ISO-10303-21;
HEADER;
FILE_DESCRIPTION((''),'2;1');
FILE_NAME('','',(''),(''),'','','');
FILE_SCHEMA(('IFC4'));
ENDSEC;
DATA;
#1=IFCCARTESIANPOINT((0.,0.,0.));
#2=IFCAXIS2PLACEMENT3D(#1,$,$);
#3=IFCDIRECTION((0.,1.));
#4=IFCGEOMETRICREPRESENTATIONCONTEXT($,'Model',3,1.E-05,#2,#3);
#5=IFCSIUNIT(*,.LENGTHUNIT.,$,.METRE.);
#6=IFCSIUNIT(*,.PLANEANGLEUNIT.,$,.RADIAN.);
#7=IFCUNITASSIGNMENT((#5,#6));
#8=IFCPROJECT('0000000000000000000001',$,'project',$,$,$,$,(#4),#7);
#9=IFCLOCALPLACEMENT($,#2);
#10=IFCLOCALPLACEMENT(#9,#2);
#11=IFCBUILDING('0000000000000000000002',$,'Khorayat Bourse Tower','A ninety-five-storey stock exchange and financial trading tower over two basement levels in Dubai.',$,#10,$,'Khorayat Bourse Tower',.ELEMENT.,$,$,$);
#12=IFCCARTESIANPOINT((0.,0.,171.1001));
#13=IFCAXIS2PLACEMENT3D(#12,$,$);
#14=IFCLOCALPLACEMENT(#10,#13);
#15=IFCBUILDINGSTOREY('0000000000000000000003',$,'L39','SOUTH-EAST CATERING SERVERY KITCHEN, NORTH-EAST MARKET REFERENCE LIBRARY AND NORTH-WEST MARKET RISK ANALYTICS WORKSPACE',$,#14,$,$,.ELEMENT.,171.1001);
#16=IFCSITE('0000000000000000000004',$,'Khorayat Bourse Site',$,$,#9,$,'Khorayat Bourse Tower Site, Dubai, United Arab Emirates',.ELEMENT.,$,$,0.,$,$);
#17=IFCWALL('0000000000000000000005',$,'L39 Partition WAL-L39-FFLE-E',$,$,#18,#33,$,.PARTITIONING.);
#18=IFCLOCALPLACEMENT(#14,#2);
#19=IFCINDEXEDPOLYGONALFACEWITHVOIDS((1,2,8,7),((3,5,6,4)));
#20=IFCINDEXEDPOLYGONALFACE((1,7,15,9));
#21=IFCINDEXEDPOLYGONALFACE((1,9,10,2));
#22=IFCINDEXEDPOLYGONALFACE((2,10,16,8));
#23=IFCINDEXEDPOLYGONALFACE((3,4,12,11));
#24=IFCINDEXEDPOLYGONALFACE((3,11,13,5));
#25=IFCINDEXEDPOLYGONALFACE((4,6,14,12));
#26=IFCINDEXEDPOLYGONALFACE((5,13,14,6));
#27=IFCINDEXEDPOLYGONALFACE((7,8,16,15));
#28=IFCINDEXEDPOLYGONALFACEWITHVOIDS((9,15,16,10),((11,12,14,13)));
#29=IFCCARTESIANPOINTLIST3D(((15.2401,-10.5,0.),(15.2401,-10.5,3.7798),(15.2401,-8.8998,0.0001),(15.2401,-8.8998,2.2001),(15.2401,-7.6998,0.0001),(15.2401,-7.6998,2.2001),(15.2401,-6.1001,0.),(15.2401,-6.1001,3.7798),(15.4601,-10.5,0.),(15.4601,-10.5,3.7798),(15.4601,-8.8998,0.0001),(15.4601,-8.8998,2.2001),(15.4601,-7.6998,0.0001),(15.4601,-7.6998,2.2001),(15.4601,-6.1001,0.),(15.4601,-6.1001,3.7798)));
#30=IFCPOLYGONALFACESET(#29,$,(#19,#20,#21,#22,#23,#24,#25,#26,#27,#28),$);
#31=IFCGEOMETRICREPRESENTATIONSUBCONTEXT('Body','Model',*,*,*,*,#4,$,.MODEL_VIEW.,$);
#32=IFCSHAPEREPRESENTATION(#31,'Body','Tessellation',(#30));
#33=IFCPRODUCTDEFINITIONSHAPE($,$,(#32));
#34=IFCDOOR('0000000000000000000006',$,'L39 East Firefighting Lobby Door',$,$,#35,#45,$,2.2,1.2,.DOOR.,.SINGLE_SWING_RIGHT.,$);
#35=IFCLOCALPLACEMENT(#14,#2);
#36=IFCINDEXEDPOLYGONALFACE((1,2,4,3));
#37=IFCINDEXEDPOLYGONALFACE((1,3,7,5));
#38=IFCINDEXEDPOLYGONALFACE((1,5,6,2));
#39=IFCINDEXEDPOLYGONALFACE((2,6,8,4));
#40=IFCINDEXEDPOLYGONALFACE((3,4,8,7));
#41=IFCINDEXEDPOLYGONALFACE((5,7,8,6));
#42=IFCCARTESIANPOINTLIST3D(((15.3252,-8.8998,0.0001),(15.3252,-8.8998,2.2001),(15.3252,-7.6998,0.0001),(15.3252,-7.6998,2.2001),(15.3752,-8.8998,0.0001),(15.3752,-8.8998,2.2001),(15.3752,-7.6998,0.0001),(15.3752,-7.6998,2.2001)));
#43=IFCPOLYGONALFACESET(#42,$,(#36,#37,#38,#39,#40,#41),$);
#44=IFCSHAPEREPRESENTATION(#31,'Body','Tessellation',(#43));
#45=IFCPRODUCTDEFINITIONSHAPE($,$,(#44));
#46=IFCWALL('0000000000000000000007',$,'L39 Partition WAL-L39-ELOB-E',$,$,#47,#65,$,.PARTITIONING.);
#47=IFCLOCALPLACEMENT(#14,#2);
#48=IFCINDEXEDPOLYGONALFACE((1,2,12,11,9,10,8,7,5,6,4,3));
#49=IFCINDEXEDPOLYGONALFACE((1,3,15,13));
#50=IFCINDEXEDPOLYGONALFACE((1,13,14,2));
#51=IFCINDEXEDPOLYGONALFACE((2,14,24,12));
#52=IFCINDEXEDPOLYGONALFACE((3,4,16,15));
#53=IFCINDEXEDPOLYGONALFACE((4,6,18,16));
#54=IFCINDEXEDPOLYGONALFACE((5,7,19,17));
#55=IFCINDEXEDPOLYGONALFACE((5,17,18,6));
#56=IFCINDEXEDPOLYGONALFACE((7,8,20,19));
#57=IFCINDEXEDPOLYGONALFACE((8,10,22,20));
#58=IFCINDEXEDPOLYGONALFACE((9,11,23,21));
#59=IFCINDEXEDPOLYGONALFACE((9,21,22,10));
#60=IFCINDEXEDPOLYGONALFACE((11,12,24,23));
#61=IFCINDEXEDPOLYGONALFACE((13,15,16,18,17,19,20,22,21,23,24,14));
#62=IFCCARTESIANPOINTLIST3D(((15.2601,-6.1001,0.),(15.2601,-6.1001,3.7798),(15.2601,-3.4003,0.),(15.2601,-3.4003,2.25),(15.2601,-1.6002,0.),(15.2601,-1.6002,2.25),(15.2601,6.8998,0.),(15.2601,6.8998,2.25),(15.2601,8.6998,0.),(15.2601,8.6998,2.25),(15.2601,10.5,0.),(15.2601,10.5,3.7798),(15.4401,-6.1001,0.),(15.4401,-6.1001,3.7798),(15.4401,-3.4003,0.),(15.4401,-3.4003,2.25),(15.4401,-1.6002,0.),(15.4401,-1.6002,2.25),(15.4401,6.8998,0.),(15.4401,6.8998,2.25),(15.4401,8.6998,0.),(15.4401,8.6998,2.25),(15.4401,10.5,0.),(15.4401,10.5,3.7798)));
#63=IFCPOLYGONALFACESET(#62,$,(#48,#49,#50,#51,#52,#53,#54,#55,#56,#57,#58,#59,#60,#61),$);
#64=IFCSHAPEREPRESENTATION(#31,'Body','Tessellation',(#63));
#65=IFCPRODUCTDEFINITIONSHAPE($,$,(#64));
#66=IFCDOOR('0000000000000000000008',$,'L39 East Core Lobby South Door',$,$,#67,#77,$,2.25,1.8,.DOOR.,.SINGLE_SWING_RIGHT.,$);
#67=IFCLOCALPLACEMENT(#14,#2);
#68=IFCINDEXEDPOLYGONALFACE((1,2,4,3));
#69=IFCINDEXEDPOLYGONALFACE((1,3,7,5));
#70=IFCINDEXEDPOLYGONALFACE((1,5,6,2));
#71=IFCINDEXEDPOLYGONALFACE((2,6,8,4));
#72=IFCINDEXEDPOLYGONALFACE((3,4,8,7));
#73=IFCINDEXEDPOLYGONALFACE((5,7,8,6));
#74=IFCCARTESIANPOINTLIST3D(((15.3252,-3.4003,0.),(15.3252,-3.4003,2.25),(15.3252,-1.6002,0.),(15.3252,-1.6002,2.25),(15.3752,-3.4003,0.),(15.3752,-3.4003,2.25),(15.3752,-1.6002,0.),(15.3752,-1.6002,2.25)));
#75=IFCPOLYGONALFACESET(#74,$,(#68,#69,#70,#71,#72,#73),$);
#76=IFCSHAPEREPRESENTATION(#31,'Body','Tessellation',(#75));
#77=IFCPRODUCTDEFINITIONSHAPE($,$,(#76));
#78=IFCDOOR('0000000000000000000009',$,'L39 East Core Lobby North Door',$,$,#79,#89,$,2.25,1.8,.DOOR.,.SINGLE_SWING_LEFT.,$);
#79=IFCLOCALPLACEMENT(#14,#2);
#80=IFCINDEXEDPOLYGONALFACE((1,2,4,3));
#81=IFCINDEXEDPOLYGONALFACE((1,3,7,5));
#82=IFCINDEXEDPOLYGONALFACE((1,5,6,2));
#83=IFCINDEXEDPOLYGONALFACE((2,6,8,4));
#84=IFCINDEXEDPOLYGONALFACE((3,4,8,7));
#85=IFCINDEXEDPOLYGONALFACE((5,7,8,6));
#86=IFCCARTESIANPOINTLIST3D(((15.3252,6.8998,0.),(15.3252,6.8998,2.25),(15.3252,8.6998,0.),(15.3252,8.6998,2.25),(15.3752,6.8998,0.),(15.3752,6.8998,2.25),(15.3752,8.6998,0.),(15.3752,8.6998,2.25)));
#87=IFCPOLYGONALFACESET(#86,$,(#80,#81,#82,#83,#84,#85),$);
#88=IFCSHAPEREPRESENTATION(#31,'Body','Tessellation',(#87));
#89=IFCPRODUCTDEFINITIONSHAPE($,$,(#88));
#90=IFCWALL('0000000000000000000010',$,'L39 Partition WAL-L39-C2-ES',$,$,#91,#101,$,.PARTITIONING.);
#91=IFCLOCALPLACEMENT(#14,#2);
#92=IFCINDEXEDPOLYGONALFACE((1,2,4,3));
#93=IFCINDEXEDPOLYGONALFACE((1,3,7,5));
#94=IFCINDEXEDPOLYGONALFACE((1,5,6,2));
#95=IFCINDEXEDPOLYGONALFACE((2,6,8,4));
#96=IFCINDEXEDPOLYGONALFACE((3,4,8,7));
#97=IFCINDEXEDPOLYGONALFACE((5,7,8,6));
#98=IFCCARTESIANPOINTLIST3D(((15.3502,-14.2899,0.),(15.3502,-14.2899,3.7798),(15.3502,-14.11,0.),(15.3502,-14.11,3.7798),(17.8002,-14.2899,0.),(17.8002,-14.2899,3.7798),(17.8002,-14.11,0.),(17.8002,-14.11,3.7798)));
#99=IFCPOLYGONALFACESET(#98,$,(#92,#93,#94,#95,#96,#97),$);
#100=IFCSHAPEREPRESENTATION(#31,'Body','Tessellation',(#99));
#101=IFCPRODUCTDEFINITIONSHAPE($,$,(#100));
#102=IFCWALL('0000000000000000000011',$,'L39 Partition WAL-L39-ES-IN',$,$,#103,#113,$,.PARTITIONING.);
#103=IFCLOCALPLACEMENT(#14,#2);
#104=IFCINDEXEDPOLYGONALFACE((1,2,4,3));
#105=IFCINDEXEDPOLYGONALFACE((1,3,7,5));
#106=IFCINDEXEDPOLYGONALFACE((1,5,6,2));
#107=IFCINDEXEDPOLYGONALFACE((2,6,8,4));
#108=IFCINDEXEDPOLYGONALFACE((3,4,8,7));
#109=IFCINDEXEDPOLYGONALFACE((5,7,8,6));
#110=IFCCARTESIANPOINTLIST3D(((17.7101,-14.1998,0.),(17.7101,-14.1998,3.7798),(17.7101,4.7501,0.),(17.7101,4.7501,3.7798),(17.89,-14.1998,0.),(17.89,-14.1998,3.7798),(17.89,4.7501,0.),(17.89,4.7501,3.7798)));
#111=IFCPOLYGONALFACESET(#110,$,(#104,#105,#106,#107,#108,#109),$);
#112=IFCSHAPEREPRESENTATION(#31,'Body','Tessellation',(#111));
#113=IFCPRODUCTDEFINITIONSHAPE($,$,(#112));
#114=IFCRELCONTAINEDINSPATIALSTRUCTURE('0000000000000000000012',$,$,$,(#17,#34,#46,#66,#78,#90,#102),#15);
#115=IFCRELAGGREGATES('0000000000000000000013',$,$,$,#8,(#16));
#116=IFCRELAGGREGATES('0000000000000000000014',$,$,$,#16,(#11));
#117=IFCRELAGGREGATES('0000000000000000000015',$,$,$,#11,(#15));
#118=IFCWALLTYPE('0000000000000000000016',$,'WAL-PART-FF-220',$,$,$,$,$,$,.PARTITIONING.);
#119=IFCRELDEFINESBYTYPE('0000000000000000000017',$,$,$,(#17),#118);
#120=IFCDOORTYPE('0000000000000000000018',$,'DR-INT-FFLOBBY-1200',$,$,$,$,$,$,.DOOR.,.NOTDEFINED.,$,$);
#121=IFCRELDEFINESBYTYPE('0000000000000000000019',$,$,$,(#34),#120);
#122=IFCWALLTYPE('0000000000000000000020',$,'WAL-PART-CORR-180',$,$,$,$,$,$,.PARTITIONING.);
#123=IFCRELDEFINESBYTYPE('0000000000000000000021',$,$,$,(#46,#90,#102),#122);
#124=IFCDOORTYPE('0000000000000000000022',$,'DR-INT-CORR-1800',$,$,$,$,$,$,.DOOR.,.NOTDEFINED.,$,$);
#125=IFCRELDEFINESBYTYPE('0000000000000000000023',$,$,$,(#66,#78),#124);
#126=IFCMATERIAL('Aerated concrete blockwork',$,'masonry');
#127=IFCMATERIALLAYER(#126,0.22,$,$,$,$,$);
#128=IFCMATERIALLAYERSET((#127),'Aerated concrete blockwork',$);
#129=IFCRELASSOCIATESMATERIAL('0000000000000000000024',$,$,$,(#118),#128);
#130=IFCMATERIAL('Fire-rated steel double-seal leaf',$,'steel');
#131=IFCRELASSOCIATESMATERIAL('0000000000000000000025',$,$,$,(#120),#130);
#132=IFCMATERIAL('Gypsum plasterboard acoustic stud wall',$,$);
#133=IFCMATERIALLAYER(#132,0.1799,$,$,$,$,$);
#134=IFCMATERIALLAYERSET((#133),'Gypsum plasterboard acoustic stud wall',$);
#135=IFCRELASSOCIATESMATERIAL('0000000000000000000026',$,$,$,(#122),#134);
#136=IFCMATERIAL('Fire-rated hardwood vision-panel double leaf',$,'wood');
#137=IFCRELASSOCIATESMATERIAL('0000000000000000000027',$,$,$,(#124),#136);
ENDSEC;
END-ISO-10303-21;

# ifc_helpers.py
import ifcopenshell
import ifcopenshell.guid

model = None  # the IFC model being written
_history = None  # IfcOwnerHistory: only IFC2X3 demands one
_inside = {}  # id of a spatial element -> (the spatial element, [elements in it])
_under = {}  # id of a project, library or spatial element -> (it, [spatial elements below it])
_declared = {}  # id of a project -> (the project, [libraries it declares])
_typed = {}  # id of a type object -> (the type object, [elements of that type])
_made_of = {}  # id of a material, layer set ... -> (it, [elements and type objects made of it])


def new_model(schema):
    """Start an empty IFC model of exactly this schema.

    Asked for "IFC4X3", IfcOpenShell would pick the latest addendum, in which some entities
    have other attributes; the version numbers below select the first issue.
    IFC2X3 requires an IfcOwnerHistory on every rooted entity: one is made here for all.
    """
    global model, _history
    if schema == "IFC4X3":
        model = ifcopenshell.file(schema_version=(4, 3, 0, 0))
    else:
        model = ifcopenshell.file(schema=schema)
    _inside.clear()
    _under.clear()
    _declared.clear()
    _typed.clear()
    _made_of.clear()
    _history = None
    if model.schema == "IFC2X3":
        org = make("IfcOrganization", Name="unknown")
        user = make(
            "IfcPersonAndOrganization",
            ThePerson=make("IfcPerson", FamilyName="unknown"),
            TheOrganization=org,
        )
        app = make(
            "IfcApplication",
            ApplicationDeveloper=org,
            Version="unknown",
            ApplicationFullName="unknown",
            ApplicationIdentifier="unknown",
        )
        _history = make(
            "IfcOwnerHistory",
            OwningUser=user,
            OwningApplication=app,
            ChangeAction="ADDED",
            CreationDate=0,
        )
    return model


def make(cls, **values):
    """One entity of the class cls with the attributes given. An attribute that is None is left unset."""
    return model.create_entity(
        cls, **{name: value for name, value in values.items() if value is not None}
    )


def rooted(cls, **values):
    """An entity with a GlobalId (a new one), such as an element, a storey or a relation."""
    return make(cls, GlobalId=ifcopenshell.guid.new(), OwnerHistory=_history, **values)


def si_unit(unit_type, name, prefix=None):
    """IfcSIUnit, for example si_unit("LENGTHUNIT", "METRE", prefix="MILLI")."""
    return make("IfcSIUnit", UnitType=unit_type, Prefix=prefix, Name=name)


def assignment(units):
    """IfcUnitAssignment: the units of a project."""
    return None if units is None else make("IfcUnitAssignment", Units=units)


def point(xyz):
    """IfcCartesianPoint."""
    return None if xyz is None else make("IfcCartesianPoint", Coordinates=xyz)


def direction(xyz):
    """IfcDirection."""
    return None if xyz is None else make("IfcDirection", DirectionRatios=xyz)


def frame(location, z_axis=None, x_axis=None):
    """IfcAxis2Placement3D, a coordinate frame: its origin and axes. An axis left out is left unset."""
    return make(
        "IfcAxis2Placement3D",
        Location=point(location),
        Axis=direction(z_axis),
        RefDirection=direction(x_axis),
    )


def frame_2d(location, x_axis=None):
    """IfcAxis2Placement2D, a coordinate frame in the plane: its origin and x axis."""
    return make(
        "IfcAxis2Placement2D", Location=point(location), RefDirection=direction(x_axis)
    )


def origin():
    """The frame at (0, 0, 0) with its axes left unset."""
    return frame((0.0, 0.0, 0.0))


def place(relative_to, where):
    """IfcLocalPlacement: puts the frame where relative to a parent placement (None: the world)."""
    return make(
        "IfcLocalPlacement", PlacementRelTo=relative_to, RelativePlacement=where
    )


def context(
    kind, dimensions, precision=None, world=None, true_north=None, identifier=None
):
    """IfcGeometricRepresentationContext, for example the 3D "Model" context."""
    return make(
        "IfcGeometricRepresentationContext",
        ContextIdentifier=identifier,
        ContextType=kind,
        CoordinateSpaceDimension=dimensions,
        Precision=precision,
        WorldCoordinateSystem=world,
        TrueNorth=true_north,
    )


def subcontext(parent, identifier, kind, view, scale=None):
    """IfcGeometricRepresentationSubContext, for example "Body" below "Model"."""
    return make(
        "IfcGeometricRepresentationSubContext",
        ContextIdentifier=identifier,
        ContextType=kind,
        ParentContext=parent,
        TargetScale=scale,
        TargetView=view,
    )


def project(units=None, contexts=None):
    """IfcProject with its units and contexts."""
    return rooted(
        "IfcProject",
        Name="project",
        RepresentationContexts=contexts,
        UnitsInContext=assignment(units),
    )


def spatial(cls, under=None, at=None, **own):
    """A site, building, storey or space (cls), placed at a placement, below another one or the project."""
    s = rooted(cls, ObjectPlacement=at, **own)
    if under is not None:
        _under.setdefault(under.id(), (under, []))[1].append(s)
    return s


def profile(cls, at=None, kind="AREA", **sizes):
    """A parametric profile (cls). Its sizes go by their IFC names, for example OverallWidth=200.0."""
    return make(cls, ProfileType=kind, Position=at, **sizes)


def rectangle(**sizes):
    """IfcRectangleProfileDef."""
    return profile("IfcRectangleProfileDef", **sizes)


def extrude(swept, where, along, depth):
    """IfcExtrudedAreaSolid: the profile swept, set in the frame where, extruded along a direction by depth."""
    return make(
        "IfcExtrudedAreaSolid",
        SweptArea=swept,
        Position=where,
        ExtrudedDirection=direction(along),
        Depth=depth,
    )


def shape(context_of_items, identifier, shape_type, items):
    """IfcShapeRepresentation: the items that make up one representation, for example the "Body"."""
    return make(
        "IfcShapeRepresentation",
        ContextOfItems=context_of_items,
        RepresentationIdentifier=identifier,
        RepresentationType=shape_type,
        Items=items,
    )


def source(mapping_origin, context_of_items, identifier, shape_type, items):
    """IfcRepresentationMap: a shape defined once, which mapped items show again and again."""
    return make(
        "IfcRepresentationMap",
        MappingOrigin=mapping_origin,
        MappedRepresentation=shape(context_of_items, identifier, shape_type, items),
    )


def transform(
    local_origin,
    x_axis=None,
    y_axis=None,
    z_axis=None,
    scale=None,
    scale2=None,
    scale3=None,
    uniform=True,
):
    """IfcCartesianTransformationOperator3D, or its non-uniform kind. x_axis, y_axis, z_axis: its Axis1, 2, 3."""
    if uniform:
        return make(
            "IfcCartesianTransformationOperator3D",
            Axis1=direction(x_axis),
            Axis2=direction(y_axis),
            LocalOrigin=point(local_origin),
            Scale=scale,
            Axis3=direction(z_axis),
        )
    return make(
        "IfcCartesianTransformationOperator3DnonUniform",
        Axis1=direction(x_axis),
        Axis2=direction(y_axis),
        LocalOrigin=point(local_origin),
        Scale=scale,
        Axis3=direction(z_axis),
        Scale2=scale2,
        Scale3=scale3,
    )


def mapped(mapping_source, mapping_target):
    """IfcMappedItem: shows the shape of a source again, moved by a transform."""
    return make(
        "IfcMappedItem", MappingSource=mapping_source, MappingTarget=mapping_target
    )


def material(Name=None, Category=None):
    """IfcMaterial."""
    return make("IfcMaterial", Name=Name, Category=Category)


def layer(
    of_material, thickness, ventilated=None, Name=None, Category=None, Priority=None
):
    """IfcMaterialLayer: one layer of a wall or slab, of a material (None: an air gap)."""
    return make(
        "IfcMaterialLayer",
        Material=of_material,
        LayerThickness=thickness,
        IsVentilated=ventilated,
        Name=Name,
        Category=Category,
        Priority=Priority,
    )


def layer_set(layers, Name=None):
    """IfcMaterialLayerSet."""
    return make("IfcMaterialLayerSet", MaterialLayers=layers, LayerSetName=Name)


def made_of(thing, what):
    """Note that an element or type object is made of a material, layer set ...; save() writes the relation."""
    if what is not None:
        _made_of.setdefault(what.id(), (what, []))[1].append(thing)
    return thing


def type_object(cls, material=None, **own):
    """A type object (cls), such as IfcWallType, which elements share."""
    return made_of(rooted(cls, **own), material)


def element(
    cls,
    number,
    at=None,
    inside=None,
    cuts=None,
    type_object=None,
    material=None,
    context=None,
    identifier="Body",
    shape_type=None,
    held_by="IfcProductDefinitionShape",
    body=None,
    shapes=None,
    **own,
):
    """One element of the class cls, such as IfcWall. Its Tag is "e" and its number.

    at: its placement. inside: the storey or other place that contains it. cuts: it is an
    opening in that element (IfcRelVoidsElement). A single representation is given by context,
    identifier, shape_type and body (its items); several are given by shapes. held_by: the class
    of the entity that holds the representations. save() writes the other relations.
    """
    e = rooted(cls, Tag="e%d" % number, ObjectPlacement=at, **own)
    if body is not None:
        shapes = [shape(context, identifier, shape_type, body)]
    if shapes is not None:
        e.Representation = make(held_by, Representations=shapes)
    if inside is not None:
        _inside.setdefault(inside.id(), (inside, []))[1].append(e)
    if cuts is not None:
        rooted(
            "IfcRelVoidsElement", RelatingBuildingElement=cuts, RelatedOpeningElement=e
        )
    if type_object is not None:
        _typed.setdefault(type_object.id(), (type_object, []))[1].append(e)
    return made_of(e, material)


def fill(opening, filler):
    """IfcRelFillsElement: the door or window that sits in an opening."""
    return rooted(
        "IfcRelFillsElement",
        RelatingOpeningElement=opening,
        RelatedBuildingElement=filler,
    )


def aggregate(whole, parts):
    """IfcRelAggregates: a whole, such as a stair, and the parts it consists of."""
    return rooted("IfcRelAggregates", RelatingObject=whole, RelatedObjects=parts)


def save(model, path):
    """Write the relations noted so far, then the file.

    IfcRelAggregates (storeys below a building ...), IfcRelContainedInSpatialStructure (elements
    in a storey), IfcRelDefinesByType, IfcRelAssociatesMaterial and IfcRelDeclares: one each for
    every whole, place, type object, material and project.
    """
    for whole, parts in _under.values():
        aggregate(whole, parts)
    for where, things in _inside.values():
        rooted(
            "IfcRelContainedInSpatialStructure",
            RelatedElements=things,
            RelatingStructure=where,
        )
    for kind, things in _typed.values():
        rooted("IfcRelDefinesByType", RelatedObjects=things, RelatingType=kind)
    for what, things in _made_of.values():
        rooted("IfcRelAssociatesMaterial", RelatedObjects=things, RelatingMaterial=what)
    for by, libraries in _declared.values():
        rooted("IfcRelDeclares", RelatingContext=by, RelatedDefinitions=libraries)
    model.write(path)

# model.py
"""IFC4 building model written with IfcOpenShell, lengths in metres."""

from ifc_helpers import new_model, si_unit, direction, frame, frame_2d, origin, place, context, subcontext, project, spatial, rectangle, extrude, source, transform, mapped, material, layer, layer_set, type_object, element, fill, save


model = new_model("IFC4")

# Units and contexts
model_context = context("Model", 3, precision=1e-05, world=origin(), true_north=direction((0.0, 1.0)))
body_context = subcontext(model_context, "Body", "Model", "MODEL_VIEW")
ifc_project = project(units=[si_unit("LENGTHUNIT", "METRE"), si_unit("PLANEANGLEUNIT", "RADIAN")], contexts=[model_context])

# Site, building, storey
site_placement = place(None, origin())
site = spatial("IfcSite", under=ifc_project, at=site_placement, Name="Khorayat Bourse Site", LongName="Khorayat Bourse Tower Site, Dubai, United Arab Emirates", CompositionType="ELEMENT", RefElevation=0.0)
building_placement = place(site_placement, origin())
building = spatial("IfcBuilding", under=site, at=building_placement, Name="Khorayat Bourse Tower", Description="A ninety-five-storey stock exchange and financial trading tower over two basement levels in Dubai.", LongName="Khorayat Bourse Tower", CompositionType="ELEMENT")
storey_placement = place(building_placement, frame((0.0, 0.0, 171.1001)))
storey = spatial("IfcBuildingStorey", under=building, at=storey_placement, Name="L39", Description="SOUTH-EAST CATERING SERVERY KITCHEN, NORTH-EAST MARKET REFERENCE LIBRARY AND NORTH-WEST MARKET RISK ANALYTICS WORKSPACE", CompositionType="ELEMENT", Elevation=171.1001)

# Shared definitions
ifc_material_1 = material(Name="Aerated concrete blockwork", Category="masonry")
ifc_layer_1 = layer(ifc_material_1, 0.22)
ifc_layer_set_1 = layer_set([ifc_layer_1], Name="Aerated concrete blockwork")
wall_type_1 = type_object("IfcWallType", Name="WAL-PART-FF-220", PredefinedType="PARTITIONING", material=ifc_layer_set_1)

# Wall, opening, door
shared_shape_1 = source(origin(), body_context, "Body", "SweptSolid", [
    extrude(rectangle(XDim=4.3999, YDim=0.22, at=frame_2d((2.2, 0.0))), origin(), (0.0, 0.0, 1.0), 3.7798),
])
wall_1_placement = place(storey_placement, frame((15.3501, -10.5, 0.0), z_axis=(0.0, 0.0, 1.0), x_axis=(0.0, 1.0, 0.0)))
wall_1 = element("IfcWall", 1, at=wall_1_placement, inside=storey, type_object=wall_type_1, Name="L39 Partition WAL-L39-FFLE-E", PredefinedType="PARTITIONING", context=body_context, shape_type="MappedRepresentation", body=[
    mapped(shared_shape_1, transform((0.0, 0.0, 0.0), scale=1.0)),
])
shared_shape_2 = source(origin(), body_context, "Body", "SweptSolid", [
    extrude(rectangle(XDim=1.2, YDim=2.2, at=frame_2d((0.6001, 1.1001))), frame((0.0, 0.1199, 0.0), z_axis=(0.0, -1.0, 0.0), x_axis=(1.0, 0.0, 0.0)), (0.0, 0.0, 1.0), 0.24),
])
opening_1_placement = place(wall_1_placement, frame((1.6001, 0.0, 0.0)))
opening_1 = element("IfcOpeningElement", 2, at=opening_1_placement, cuts=wall_1, PredefinedType="OPENING", context=body_context, shape_type="MappedRepresentation", body=[
    mapped(shared_shape_2, transform((0.0, 0.0, 0.0), scale=1.0)),
])
ifc_material_2 = material(Name="Fire-rated steel double-seal leaf", Category="steel")
door_type_1 = type_object("IfcDoorType", Name="DR-INT-FFLOBBY-1200", OperationType="NOTDEFINED", PredefinedType="DOOR", material=ifc_material_2)
shared_shape_3 = source(origin(), body_context, "Body", "SweptSolid", [
    extrude(rectangle(XDim=1.2, YDim=2.2, at=frame_2d((0.6001, 1.1001))), frame((0.0, 0.0249, 0.0), z_axis=(0.0, -1.0, 0.0), x_axis=(1.0, 0.0, 0.0)), (0.0, 0.0, 1.0), 0.05),
])
door_1_placement = place(opening_1_placement, origin())
door_1 = element("IfcDoor", 3, at=door_1_placement, inside=storey, type_object=door_type_1, Name="L39 East Firefighting Lobby Door", OperationType="SINGLE_SWING_RIGHT", OverallHeight=2.2, OverallWidth=1.2, PredefinedType="DOOR", context=body_context, shape_type="MappedRepresentation", body=[
    mapped(shared_shape_3, transform((0.0, 0.0, 0.0), scale=1.0)),
])
fill(opening_1, door_1)

# Wall, openings, doors
ifc_material_3 = material(Name="Gypsum plasterboard acoustic stud wall")
ifc_layer_2 = layer(ifc_material_3, 0.1799)
ifc_layer_set_2 = layer_set([ifc_layer_2], Name="Gypsum plasterboard acoustic stud wall")
wall_type_2 = type_object("IfcWallType", Name="WAL-PART-CORR-180", PredefinedType="PARTITIONING", material=ifc_layer_set_2)
shared_shape_4 = source(origin(), body_context, "Body", "SweptSolid", [
    extrude(rectangle(XDim=16.6001, YDim=0.1799, at=frame_2d((8.3, 0.0))), origin(), (0.0, 0.0, 1.0), 3.7798),
])
wall_2_placement = place(storey_placement, frame((15.3501, -6.1001, 0.0), z_axis=(0.0, 0.0, 1.0), x_axis=(0.0, 1.0, 0.0)))
wall_2 = element("IfcWall", 4, at=wall_2_placement, inside=storey, type_object=wall_type_2, Name="L39 Partition WAL-L39-ELOB-E", PredefinedType="PARTITIONING", context=body_context, shape_type="MappedRepresentation", body=[
    mapped(shared_shape_4, transform((0.0, 0.0, 0.0), scale=1.0)),
])
shared_shape_5 = source(origin(), body_context, "Body", "SweptSolid", [
    extrude(rectangle(XDim=1.8, YDim=2.25, at=frame_2d((0.8999, 1.125))), frame((0.0, 0.0999, 0.0), z_axis=(0.0, -1.0, 0.0), x_axis=(1.0, 0.0, 0.0)), (0.0, 0.0, 1.0), 0.2),
])
opening_2_placement = place(wall_2_placement, frame((2.7, 0.0, 0.0)))
opening_2 = element("IfcOpeningElement", 5, at=opening_2_placement, cuts=wall_2, PredefinedType="OPENING", context=body_context, shape_type="MappedRepresentation", body=[
    mapped(shared_shape_5, transform((0.0, 0.0, 0.0), scale=1.0)),
])
opening_3_placement = place(wall_2_placement, frame((13.0, 0.0, 0.0)))
opening_3 = element("IfcOpeningElement", 6, at=opening_3_placement, cuts=wall_2, PredefinedType="OPENING", context=body_context, shape_type="MappedRepresentation", body=[
    mapped(shared_shape_5, transform((0.0, 0.0, 0.0), scale=1.0)),
])
ifc_material_4 = material(Name="Fire-rated hardwood vision-panel double leaf", Category="wood")
door_type_2 = type_object("IfcDoorType", Name="DR-INT-CORR-1800", OperationType="NOTDEFINED", PredefinedType="DOOR", material=ifc_material_4)
shared_shape_6 = source(origin(), body_context, "Body", "SweptSolid", [
    extrude(rectangle(XDim=1.8, YDim=2.25, at=frame_2d((0.8999, 1.125))), frame((0.0, 0.0249, 0.0), z_axis=(0.0, -1.0, 0.0), x_axis=(1.0, 0.0, 0.0)), (0.0, 0.0, 1.0), 0.05),
])
door_2_placement = place(opening_2_placement, origin())
door_2 = element("IfcDoor", 7, at=door_2_placement, inside=storey, type_object=door_type_2, Name="L39 East Core Lobby South Door", OperationType="SINGLE_SWING_RIGHT", OverallHeight=2.25, OverallWidth=1.8, PredefinedType="DOOR", context=body_context, shape_type="MappedRepresentation", body=[
    mapped(shared_shape_6, transform((0.0, 0.0, 0.0), scale=1.0)),
])
fill(opening_2, door_2)
door_3_placement = place(opening_3_placement, origin())
door_3 = element("IfcDoor", 8, at=door_3_placement, inside=storey, type_object=door_type_2, Name="L39 East Core Lobby North Door", OperationType="SINGLE_SWING_LEFT", OverallHeight=2.25, OverallWidth=1.8, PredefinedType="DOOR", context=body_context, shape_type="MappedRepresentation", body=[
    mapped(shared_shape_6, transform((0.0, 0.0, 0.0), scale=1.0)),
])
fill(opening_3, door_3)

# Walls
shared_shape_7 = source(origin(), body_context, "Body", "SweptSolid", [
    extrude(rectangle(XDim=2.45, YDim=0.1799, at=frame_2d((1.2251, 0.0))), origin(), (0.0, 0.0, 1.0), 3.7798),
])
wall_3_placement = place(storey_placement, frame((15.3501, -14.2, 0.0), z_axis=(0.0, 0.0, 1.0), x_axis=(1.0, 0.0, 0.0)))
element("IfcWall", 9, at=wall_3_placement, inside=storey, type_object=wall_type_2, Name="L39 Partition WAL-L39-C2-ES", PredefinedType="PARTITIONING", context=body_context, shape_type="MappedRepresentation", body=[
    mapped(shared_shape_7, transform((0.0, 0.0, 0.0), scale=1.0)),
])
shared_shape_8 = source(origin(), body_context, "Body", "SweptSolid", [
    extrude(rectangle(XDim=18.95, YDim=0.1799, at=frame_2d((9.4751, 0.0))), origin(), (0.0, 0.0, 1.0), 3.7798),
])
wall_4_placement = place(storey_placement, frame((17.8, -14.2, 0.0), z_axis=(0.0, 0.0, 1.0), x_axis=(0.0, 1.0, 0.0)))
element("IfcWall", 10, at=wall_4_placement, inside=storey, type_object=wall_type_2, Name="L39 Partition WAL-L39-ES-IN", PredefinedType="PARTITIONING", context=body_context, shape_type="MappedRepresentation", body=[
    mapped(shared_shape_8, transform((0.0, 0.0, 0.0), scale=1.0)),
])

save(model, "model.ifc")
